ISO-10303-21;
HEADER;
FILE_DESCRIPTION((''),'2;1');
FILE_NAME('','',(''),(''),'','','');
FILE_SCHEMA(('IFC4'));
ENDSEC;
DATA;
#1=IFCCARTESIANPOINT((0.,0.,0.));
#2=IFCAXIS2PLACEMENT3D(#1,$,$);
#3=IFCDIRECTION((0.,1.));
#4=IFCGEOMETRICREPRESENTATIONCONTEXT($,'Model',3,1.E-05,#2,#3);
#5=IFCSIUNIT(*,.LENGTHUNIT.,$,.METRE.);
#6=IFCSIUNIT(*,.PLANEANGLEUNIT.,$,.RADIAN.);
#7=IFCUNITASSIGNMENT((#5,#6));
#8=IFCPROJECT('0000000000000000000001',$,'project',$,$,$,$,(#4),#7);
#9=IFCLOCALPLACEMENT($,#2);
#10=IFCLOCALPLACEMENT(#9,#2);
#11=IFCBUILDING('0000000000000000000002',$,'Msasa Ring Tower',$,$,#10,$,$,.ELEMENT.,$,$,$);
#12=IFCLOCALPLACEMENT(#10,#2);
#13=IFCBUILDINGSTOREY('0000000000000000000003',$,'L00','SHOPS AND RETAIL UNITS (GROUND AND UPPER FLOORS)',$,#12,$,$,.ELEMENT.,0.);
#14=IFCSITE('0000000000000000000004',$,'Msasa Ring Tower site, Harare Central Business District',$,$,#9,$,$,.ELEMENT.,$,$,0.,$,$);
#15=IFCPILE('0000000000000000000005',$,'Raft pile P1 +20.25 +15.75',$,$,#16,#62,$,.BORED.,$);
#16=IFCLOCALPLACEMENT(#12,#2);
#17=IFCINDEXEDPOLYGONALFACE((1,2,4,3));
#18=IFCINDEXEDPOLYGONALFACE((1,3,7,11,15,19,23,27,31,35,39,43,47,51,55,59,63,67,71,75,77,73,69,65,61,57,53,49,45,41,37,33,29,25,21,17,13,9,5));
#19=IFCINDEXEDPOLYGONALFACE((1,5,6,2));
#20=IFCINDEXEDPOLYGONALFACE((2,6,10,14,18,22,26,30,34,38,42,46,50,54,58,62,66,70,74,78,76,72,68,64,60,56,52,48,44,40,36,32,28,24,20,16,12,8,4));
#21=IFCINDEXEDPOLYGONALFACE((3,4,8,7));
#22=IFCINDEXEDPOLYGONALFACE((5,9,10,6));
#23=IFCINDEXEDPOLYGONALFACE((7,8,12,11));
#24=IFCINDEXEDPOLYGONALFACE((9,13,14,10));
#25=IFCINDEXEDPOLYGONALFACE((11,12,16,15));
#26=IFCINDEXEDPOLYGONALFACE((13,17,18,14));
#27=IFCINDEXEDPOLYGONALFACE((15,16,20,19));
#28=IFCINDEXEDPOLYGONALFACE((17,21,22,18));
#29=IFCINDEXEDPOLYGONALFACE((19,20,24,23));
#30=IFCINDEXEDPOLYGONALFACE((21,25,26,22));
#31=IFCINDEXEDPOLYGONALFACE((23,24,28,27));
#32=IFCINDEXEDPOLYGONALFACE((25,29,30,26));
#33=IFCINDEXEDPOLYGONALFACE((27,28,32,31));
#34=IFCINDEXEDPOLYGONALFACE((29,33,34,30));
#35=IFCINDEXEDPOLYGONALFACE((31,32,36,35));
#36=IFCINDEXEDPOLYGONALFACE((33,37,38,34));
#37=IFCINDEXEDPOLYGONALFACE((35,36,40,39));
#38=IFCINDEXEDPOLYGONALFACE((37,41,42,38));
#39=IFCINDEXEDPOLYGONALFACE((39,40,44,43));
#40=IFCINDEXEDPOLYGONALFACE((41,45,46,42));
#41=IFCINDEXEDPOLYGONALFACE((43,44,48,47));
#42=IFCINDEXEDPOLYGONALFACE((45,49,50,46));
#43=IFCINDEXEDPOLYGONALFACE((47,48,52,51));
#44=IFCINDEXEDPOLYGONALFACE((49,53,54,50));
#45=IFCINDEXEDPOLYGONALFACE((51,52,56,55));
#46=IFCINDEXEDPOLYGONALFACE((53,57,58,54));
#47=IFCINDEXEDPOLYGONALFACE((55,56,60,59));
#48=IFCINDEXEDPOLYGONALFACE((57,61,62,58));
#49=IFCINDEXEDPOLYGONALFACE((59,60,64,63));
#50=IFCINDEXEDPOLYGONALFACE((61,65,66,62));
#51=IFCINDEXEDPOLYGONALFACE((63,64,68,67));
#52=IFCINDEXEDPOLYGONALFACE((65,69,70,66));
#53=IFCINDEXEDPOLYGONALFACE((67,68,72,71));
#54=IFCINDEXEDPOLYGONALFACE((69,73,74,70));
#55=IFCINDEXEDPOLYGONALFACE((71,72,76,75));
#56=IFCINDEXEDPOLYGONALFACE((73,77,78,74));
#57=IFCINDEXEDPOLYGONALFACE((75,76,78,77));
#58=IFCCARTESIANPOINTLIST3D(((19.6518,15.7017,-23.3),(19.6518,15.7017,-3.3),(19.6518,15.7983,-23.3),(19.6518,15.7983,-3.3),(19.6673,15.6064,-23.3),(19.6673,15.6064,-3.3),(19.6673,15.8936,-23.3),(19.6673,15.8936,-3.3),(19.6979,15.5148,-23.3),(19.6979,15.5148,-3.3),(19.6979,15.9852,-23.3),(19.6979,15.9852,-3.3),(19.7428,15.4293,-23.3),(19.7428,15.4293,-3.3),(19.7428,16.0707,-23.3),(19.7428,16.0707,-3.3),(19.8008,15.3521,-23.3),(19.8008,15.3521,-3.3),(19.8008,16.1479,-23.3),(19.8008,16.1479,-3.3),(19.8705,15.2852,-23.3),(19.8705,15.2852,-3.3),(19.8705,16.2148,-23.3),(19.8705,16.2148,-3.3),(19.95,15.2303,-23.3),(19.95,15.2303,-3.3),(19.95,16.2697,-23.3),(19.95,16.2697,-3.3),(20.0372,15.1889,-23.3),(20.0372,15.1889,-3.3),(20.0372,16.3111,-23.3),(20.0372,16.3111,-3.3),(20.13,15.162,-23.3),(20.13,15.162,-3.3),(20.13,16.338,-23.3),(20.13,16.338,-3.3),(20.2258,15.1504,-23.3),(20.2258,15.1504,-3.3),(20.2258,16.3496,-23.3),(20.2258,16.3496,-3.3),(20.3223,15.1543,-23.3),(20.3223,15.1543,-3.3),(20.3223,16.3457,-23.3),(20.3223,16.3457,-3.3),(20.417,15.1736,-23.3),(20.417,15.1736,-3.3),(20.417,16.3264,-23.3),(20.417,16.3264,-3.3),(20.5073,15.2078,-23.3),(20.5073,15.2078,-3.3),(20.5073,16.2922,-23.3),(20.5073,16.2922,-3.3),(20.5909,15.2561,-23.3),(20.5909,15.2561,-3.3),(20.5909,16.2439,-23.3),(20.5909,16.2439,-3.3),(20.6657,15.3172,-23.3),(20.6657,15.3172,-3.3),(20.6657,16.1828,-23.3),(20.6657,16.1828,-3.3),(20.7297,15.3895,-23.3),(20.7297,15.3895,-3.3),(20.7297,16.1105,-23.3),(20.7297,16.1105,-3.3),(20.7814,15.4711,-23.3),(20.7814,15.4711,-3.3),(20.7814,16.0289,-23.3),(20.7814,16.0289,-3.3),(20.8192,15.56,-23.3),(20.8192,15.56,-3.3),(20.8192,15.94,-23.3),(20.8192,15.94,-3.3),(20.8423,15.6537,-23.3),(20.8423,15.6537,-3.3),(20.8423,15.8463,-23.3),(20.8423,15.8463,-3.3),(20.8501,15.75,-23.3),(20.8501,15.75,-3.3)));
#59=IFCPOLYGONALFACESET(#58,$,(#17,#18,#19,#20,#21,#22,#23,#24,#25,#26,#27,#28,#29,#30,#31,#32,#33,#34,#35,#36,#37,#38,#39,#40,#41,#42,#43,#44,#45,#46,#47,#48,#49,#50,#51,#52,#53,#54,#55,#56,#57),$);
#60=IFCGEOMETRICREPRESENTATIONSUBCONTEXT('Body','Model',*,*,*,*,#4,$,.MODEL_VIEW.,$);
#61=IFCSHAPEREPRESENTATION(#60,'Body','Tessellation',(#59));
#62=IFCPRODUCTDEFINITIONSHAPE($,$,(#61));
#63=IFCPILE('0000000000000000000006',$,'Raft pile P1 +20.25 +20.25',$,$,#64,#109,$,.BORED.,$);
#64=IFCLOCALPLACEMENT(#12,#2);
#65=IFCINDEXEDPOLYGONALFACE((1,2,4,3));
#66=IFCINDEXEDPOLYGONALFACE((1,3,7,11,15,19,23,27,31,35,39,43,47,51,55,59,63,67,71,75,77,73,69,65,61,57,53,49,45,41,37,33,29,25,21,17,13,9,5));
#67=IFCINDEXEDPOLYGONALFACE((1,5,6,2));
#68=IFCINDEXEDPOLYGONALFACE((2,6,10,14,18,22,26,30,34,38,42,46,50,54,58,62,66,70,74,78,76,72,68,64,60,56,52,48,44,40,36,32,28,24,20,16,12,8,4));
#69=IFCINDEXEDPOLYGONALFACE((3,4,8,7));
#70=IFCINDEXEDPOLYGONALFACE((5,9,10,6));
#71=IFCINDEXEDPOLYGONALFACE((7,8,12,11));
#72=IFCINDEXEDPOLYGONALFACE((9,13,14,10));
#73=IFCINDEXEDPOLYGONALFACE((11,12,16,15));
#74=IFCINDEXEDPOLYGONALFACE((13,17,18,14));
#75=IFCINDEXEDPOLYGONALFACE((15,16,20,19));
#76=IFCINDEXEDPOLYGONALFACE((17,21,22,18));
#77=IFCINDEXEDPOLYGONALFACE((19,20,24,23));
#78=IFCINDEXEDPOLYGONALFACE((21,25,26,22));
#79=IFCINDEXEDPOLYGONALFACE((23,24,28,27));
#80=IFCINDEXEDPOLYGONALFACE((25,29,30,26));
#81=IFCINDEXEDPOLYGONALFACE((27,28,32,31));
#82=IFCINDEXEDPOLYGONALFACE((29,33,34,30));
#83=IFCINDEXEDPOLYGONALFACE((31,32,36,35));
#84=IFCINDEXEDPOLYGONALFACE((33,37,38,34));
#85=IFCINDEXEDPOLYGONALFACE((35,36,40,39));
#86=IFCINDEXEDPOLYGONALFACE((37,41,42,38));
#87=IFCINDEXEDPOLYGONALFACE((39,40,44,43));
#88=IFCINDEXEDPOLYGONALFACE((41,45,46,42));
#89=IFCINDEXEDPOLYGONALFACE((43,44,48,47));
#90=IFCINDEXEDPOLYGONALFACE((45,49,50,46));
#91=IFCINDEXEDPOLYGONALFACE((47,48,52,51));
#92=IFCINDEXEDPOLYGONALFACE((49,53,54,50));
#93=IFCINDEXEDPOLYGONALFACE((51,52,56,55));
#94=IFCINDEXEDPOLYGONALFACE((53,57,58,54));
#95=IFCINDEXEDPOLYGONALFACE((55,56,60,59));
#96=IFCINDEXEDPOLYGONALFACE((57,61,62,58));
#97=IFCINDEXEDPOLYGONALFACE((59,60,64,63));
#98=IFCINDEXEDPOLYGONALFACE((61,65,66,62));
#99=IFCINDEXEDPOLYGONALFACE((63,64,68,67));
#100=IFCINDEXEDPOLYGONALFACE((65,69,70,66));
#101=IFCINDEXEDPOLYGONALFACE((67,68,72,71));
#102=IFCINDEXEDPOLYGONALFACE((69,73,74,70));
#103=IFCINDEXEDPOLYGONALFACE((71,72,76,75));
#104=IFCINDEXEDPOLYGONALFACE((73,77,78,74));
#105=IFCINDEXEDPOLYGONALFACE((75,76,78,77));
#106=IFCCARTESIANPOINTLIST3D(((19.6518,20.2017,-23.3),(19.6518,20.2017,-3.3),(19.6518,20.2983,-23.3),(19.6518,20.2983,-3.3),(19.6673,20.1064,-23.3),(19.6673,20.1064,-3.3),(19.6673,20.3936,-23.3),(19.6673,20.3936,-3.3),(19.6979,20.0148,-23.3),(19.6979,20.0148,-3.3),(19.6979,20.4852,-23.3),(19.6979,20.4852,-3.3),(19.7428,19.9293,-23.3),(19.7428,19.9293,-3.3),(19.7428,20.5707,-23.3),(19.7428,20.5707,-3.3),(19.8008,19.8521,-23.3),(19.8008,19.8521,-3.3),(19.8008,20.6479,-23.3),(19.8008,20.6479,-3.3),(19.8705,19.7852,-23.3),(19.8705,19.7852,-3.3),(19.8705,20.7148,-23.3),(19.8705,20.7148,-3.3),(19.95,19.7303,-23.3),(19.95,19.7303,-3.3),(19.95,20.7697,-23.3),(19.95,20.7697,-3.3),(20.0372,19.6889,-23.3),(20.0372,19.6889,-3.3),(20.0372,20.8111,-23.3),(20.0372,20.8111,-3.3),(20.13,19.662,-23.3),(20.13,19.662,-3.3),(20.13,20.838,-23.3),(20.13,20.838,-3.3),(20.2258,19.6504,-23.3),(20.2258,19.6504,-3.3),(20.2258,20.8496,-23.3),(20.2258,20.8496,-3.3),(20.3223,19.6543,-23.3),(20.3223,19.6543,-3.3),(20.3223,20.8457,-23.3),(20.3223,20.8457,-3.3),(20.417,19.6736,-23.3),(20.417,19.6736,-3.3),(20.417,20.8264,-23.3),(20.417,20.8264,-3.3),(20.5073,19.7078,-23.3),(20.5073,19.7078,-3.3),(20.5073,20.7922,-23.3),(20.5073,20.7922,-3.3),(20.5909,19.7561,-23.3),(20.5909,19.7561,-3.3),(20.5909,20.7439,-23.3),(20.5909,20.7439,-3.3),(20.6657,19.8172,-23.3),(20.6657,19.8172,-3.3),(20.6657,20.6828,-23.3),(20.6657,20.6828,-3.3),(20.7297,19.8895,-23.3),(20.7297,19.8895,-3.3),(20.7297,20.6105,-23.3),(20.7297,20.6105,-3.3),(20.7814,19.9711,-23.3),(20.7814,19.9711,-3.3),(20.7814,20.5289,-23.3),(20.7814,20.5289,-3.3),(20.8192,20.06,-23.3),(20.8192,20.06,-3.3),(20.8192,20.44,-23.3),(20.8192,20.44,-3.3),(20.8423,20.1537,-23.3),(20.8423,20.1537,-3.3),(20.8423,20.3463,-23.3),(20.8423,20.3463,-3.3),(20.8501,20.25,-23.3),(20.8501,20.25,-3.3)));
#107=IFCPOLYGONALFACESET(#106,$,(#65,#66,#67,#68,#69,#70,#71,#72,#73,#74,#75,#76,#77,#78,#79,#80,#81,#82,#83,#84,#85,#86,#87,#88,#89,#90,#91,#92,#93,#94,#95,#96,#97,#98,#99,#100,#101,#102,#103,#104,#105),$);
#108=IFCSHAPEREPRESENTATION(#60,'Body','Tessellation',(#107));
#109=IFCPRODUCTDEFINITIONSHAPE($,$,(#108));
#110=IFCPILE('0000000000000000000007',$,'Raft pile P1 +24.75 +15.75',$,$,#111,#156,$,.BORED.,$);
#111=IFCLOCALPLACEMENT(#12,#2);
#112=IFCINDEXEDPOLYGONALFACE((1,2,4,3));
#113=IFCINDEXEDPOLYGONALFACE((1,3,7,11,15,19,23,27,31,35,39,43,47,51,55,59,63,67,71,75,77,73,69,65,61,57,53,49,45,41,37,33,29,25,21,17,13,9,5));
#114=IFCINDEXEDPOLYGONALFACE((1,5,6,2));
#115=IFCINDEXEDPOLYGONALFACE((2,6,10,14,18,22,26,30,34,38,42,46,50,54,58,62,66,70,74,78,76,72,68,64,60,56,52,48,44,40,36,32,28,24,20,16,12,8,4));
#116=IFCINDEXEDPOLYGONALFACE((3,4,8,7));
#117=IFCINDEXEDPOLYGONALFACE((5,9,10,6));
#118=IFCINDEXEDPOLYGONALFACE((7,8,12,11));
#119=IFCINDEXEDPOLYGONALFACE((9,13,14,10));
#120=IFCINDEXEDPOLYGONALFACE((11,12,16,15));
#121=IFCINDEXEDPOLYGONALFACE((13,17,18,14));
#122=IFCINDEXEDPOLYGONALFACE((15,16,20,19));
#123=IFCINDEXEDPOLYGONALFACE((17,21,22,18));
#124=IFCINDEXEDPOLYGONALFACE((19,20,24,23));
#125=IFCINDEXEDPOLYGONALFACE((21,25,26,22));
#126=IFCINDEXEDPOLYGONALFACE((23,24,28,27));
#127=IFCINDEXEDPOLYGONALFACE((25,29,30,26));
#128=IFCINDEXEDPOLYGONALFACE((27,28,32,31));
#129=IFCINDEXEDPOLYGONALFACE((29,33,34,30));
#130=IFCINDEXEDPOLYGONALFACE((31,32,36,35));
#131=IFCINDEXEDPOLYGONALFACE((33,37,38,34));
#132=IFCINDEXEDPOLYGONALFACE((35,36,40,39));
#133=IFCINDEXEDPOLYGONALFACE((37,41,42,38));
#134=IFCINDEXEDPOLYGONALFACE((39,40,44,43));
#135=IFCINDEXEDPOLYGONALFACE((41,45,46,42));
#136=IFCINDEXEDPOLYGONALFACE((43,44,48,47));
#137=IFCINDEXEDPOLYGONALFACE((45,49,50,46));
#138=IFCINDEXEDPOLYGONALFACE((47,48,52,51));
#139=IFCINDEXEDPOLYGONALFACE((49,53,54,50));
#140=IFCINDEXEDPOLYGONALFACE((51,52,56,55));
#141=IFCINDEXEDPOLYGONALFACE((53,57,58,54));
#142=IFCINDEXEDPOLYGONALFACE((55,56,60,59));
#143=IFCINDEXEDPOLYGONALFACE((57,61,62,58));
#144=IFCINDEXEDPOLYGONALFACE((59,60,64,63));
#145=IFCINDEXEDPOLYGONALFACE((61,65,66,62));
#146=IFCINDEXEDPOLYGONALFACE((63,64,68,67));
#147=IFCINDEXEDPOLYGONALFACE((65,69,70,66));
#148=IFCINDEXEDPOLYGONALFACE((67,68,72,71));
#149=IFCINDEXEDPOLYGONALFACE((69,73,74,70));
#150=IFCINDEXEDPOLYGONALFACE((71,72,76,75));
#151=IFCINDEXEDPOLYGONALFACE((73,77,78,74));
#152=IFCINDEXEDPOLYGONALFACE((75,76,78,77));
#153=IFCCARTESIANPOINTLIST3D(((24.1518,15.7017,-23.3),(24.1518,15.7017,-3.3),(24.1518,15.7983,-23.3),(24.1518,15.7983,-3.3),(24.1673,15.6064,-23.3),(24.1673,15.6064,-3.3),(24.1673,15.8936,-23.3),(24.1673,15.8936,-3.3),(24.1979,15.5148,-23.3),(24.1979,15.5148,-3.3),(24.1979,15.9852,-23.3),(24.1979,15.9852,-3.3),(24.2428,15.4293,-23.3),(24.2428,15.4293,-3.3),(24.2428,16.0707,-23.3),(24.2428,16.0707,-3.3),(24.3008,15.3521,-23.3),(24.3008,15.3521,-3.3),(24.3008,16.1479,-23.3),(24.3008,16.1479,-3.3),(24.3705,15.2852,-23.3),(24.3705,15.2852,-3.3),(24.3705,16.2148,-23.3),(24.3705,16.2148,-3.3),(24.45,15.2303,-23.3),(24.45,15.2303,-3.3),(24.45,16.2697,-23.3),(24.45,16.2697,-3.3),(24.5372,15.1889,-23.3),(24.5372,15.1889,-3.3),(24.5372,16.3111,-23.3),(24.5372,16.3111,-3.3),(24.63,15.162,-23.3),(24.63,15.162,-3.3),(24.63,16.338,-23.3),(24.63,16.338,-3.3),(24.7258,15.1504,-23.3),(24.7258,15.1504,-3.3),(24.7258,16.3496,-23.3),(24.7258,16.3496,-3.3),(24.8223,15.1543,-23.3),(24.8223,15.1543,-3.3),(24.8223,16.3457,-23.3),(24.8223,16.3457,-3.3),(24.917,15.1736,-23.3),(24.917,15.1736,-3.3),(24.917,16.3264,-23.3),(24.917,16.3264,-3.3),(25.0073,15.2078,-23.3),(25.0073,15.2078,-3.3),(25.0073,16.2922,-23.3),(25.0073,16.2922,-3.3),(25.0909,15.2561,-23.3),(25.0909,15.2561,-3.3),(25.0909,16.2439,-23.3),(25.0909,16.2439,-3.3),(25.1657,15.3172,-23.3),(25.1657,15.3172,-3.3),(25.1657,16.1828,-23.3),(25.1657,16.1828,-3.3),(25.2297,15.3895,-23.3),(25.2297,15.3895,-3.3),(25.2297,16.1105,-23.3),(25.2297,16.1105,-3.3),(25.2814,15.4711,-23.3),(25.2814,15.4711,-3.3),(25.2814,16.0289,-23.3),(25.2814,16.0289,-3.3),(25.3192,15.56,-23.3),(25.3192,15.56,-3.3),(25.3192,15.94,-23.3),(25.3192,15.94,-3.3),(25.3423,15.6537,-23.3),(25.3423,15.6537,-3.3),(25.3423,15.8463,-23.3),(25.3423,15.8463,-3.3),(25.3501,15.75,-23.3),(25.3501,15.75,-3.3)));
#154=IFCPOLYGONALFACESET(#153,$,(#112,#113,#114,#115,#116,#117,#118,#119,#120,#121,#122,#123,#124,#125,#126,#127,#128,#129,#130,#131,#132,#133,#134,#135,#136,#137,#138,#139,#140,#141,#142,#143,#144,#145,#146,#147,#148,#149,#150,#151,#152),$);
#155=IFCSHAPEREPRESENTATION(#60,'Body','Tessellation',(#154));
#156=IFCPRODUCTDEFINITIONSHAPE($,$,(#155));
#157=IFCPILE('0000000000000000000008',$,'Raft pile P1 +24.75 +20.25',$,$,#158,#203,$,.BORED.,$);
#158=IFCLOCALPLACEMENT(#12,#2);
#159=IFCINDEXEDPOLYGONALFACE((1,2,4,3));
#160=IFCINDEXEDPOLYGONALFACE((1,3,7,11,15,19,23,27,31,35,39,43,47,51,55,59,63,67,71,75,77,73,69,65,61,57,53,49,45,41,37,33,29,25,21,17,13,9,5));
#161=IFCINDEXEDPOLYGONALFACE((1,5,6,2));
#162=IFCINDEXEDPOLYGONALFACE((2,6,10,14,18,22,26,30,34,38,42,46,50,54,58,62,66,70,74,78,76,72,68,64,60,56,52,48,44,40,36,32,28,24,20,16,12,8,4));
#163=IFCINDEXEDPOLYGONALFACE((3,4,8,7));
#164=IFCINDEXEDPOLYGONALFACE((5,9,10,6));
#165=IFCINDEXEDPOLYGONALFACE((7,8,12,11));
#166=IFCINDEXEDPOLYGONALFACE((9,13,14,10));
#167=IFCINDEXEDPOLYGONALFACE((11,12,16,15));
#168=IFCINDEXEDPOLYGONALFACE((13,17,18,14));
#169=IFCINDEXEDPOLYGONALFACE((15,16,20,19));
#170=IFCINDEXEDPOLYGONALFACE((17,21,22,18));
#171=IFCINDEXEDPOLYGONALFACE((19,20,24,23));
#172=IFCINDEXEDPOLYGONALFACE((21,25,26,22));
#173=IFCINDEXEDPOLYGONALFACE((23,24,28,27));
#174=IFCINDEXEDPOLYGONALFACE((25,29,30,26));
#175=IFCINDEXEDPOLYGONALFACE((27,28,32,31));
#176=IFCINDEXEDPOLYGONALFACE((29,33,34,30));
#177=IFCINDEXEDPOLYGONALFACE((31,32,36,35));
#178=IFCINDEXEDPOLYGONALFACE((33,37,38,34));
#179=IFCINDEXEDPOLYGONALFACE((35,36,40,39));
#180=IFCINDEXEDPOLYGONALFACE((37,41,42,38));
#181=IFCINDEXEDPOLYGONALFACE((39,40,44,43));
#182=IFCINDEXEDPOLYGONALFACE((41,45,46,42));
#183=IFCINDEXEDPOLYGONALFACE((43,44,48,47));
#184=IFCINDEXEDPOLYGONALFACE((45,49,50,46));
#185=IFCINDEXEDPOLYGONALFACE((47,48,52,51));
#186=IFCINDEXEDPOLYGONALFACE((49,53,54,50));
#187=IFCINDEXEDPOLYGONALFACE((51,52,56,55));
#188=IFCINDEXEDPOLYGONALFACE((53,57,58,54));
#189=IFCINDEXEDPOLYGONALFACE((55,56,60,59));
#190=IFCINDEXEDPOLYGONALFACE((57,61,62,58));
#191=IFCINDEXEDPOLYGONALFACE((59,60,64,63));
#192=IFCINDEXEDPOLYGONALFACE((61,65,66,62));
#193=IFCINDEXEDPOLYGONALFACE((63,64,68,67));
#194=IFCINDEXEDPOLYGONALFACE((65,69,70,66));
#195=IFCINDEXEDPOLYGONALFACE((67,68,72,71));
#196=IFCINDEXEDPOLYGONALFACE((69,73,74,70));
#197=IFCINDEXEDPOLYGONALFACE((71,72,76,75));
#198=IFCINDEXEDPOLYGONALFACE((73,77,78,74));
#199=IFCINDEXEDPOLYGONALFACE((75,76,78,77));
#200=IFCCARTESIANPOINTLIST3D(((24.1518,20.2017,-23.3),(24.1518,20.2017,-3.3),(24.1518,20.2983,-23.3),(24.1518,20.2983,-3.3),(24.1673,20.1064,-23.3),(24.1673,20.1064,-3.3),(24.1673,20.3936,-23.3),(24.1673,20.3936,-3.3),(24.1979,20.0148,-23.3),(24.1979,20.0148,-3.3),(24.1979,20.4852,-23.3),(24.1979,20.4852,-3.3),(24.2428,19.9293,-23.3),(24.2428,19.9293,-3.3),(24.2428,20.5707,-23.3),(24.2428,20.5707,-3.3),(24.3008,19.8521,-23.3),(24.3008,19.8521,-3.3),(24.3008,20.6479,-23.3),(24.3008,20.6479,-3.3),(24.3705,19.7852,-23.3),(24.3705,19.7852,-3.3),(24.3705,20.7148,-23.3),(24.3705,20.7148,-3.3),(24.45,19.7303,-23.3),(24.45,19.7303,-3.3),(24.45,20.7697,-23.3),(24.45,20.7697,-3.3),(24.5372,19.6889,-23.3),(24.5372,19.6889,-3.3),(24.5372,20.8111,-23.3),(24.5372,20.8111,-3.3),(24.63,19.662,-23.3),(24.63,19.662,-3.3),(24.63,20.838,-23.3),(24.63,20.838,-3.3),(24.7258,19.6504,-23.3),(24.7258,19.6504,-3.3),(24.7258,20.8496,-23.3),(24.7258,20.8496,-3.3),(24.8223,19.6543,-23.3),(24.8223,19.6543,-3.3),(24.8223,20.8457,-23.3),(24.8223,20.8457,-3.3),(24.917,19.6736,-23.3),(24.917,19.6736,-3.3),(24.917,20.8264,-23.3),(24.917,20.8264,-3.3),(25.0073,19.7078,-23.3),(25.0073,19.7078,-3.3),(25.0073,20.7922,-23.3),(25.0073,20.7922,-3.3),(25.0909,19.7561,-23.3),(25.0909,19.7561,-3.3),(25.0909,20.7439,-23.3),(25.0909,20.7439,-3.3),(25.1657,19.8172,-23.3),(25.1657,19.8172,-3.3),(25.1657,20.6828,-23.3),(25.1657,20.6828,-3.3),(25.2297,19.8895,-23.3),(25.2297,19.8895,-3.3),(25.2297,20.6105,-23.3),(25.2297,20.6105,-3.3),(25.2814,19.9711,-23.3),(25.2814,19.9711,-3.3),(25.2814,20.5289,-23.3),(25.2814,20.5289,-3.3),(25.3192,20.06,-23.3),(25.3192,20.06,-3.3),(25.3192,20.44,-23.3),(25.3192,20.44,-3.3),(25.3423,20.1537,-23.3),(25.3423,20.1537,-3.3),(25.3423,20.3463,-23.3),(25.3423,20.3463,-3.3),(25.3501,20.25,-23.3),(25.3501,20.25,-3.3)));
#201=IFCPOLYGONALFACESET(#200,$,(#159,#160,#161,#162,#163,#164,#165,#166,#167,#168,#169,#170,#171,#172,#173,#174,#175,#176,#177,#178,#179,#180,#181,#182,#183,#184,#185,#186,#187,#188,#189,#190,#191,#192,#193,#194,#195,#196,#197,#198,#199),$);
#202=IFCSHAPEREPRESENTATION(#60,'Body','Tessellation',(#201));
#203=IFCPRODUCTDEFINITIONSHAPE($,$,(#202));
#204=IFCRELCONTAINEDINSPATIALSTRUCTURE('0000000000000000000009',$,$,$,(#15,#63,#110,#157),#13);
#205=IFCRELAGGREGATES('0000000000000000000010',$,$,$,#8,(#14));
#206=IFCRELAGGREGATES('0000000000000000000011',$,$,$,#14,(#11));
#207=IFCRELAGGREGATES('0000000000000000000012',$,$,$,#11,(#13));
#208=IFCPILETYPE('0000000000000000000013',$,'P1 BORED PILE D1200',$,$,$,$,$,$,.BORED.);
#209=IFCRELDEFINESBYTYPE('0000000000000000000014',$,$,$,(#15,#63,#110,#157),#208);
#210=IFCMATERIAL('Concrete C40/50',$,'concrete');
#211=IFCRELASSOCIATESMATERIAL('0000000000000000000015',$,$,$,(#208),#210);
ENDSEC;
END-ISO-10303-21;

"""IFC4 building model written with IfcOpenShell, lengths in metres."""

from ifc_helpers import new_model, si_unit, direction, frame, origin, origin_2d, place, context, subcontext, project, spatial, circle, extrude, material, material_profile, profile_set, type_object, element, save


model = new_model("IFC4")

# Units and contexts
model_context = context("Model", 3, precision=1e-05, world=origin(), true_north=direction((0.0, 1.0)))
body_context = subcontext(model_context, "Body", "Model", "MODEL_VIEW")
ifc_project = project(units=[si_unit("LENGTHUNIT", "METRE"), si_unit("PLANEANGLEUNIT", "RADIAN")], contexts=[model_context])

# Site, building, storey
site_placement = place(None, origin())
site = spatial("IfcSite", under=ifc_project, at=site_placement, Name="Msasa Ring Tower site, Harare Central Business District", CompositionType="ELEMENT", RefElevation=0.0)
building_placement = place(site_placement, origin())
building = spatial("IfcBuilding", under=site, at=building_placement, Name="Msasa Ring Tower", CompositionType="ELEMENT")
storey_placement = place(building_placement, origin())
storey = spatial("IfcBuildingStorey", under=building, at=storey_placement, Name="L00", Description="SHOPS AND RETAIL UNITS (GROUND AND UPPER FLOORS)", CompositionType="ELEMENT", Elevation=0.0)

# Piles
ifc_material_1 = material(Name="Concrete C40/50", Category="concrete")
ifc_material_profile_1 = material_profile(ifc_material_1, circle(Radius=0.6001, at=origin_2d()), Name="D1200")
ifc_profile_set_1 = profile_set([ifc_material_profile_1], Name="Concrete C40/50")
pile_type_1 = type_object("IfcPileType", Name="P1 BORED PILE D1200", PredefinedType="BORED", material=ifc_profile_set_1)
for number, where, z_axis, x_axis, name in (
    (1, (20.25, 15.75, -3.3), (0.0, 0.0, -1.0), (1.0, 0.0, 0.0), "Raft pile P1 +20.25 +15.75"),
    (2, (20.25, 20.25, -3.3), (0.0, 0.0, -1.0), (1.0, 0.0, 0.0), "Raft pile P1 +20.25 +20.25"),
    (3, (24.75, 15.75, -3.3), (0.0, 0.0, -1.0), (1.0, 0.0, 0.0), "Raft pile P1 +24.75 +15.75"),
    (4, (24.75, 20.25, -3.3), (0.0, 0.0, -1.0), (1.0, 0.0, 0.0), "Raft pile P1 +24.75 +20.25"),
):
    element("IfcPile", number, at=place(storey_placement, frame(where, z_axis=z_axis, x_axis=x_axis)), inside=storey, type_object=pile_type_1, Name=name, PredefinedType="BORED", context=body_context, shape_type="SweptSolid", body=[
        extrude(circle(Radius=0.6001, at=origin_2d()), origin(), (0.0, 0.0, 1.0), 20.0),
    ])

save(model, "model.ifc")
